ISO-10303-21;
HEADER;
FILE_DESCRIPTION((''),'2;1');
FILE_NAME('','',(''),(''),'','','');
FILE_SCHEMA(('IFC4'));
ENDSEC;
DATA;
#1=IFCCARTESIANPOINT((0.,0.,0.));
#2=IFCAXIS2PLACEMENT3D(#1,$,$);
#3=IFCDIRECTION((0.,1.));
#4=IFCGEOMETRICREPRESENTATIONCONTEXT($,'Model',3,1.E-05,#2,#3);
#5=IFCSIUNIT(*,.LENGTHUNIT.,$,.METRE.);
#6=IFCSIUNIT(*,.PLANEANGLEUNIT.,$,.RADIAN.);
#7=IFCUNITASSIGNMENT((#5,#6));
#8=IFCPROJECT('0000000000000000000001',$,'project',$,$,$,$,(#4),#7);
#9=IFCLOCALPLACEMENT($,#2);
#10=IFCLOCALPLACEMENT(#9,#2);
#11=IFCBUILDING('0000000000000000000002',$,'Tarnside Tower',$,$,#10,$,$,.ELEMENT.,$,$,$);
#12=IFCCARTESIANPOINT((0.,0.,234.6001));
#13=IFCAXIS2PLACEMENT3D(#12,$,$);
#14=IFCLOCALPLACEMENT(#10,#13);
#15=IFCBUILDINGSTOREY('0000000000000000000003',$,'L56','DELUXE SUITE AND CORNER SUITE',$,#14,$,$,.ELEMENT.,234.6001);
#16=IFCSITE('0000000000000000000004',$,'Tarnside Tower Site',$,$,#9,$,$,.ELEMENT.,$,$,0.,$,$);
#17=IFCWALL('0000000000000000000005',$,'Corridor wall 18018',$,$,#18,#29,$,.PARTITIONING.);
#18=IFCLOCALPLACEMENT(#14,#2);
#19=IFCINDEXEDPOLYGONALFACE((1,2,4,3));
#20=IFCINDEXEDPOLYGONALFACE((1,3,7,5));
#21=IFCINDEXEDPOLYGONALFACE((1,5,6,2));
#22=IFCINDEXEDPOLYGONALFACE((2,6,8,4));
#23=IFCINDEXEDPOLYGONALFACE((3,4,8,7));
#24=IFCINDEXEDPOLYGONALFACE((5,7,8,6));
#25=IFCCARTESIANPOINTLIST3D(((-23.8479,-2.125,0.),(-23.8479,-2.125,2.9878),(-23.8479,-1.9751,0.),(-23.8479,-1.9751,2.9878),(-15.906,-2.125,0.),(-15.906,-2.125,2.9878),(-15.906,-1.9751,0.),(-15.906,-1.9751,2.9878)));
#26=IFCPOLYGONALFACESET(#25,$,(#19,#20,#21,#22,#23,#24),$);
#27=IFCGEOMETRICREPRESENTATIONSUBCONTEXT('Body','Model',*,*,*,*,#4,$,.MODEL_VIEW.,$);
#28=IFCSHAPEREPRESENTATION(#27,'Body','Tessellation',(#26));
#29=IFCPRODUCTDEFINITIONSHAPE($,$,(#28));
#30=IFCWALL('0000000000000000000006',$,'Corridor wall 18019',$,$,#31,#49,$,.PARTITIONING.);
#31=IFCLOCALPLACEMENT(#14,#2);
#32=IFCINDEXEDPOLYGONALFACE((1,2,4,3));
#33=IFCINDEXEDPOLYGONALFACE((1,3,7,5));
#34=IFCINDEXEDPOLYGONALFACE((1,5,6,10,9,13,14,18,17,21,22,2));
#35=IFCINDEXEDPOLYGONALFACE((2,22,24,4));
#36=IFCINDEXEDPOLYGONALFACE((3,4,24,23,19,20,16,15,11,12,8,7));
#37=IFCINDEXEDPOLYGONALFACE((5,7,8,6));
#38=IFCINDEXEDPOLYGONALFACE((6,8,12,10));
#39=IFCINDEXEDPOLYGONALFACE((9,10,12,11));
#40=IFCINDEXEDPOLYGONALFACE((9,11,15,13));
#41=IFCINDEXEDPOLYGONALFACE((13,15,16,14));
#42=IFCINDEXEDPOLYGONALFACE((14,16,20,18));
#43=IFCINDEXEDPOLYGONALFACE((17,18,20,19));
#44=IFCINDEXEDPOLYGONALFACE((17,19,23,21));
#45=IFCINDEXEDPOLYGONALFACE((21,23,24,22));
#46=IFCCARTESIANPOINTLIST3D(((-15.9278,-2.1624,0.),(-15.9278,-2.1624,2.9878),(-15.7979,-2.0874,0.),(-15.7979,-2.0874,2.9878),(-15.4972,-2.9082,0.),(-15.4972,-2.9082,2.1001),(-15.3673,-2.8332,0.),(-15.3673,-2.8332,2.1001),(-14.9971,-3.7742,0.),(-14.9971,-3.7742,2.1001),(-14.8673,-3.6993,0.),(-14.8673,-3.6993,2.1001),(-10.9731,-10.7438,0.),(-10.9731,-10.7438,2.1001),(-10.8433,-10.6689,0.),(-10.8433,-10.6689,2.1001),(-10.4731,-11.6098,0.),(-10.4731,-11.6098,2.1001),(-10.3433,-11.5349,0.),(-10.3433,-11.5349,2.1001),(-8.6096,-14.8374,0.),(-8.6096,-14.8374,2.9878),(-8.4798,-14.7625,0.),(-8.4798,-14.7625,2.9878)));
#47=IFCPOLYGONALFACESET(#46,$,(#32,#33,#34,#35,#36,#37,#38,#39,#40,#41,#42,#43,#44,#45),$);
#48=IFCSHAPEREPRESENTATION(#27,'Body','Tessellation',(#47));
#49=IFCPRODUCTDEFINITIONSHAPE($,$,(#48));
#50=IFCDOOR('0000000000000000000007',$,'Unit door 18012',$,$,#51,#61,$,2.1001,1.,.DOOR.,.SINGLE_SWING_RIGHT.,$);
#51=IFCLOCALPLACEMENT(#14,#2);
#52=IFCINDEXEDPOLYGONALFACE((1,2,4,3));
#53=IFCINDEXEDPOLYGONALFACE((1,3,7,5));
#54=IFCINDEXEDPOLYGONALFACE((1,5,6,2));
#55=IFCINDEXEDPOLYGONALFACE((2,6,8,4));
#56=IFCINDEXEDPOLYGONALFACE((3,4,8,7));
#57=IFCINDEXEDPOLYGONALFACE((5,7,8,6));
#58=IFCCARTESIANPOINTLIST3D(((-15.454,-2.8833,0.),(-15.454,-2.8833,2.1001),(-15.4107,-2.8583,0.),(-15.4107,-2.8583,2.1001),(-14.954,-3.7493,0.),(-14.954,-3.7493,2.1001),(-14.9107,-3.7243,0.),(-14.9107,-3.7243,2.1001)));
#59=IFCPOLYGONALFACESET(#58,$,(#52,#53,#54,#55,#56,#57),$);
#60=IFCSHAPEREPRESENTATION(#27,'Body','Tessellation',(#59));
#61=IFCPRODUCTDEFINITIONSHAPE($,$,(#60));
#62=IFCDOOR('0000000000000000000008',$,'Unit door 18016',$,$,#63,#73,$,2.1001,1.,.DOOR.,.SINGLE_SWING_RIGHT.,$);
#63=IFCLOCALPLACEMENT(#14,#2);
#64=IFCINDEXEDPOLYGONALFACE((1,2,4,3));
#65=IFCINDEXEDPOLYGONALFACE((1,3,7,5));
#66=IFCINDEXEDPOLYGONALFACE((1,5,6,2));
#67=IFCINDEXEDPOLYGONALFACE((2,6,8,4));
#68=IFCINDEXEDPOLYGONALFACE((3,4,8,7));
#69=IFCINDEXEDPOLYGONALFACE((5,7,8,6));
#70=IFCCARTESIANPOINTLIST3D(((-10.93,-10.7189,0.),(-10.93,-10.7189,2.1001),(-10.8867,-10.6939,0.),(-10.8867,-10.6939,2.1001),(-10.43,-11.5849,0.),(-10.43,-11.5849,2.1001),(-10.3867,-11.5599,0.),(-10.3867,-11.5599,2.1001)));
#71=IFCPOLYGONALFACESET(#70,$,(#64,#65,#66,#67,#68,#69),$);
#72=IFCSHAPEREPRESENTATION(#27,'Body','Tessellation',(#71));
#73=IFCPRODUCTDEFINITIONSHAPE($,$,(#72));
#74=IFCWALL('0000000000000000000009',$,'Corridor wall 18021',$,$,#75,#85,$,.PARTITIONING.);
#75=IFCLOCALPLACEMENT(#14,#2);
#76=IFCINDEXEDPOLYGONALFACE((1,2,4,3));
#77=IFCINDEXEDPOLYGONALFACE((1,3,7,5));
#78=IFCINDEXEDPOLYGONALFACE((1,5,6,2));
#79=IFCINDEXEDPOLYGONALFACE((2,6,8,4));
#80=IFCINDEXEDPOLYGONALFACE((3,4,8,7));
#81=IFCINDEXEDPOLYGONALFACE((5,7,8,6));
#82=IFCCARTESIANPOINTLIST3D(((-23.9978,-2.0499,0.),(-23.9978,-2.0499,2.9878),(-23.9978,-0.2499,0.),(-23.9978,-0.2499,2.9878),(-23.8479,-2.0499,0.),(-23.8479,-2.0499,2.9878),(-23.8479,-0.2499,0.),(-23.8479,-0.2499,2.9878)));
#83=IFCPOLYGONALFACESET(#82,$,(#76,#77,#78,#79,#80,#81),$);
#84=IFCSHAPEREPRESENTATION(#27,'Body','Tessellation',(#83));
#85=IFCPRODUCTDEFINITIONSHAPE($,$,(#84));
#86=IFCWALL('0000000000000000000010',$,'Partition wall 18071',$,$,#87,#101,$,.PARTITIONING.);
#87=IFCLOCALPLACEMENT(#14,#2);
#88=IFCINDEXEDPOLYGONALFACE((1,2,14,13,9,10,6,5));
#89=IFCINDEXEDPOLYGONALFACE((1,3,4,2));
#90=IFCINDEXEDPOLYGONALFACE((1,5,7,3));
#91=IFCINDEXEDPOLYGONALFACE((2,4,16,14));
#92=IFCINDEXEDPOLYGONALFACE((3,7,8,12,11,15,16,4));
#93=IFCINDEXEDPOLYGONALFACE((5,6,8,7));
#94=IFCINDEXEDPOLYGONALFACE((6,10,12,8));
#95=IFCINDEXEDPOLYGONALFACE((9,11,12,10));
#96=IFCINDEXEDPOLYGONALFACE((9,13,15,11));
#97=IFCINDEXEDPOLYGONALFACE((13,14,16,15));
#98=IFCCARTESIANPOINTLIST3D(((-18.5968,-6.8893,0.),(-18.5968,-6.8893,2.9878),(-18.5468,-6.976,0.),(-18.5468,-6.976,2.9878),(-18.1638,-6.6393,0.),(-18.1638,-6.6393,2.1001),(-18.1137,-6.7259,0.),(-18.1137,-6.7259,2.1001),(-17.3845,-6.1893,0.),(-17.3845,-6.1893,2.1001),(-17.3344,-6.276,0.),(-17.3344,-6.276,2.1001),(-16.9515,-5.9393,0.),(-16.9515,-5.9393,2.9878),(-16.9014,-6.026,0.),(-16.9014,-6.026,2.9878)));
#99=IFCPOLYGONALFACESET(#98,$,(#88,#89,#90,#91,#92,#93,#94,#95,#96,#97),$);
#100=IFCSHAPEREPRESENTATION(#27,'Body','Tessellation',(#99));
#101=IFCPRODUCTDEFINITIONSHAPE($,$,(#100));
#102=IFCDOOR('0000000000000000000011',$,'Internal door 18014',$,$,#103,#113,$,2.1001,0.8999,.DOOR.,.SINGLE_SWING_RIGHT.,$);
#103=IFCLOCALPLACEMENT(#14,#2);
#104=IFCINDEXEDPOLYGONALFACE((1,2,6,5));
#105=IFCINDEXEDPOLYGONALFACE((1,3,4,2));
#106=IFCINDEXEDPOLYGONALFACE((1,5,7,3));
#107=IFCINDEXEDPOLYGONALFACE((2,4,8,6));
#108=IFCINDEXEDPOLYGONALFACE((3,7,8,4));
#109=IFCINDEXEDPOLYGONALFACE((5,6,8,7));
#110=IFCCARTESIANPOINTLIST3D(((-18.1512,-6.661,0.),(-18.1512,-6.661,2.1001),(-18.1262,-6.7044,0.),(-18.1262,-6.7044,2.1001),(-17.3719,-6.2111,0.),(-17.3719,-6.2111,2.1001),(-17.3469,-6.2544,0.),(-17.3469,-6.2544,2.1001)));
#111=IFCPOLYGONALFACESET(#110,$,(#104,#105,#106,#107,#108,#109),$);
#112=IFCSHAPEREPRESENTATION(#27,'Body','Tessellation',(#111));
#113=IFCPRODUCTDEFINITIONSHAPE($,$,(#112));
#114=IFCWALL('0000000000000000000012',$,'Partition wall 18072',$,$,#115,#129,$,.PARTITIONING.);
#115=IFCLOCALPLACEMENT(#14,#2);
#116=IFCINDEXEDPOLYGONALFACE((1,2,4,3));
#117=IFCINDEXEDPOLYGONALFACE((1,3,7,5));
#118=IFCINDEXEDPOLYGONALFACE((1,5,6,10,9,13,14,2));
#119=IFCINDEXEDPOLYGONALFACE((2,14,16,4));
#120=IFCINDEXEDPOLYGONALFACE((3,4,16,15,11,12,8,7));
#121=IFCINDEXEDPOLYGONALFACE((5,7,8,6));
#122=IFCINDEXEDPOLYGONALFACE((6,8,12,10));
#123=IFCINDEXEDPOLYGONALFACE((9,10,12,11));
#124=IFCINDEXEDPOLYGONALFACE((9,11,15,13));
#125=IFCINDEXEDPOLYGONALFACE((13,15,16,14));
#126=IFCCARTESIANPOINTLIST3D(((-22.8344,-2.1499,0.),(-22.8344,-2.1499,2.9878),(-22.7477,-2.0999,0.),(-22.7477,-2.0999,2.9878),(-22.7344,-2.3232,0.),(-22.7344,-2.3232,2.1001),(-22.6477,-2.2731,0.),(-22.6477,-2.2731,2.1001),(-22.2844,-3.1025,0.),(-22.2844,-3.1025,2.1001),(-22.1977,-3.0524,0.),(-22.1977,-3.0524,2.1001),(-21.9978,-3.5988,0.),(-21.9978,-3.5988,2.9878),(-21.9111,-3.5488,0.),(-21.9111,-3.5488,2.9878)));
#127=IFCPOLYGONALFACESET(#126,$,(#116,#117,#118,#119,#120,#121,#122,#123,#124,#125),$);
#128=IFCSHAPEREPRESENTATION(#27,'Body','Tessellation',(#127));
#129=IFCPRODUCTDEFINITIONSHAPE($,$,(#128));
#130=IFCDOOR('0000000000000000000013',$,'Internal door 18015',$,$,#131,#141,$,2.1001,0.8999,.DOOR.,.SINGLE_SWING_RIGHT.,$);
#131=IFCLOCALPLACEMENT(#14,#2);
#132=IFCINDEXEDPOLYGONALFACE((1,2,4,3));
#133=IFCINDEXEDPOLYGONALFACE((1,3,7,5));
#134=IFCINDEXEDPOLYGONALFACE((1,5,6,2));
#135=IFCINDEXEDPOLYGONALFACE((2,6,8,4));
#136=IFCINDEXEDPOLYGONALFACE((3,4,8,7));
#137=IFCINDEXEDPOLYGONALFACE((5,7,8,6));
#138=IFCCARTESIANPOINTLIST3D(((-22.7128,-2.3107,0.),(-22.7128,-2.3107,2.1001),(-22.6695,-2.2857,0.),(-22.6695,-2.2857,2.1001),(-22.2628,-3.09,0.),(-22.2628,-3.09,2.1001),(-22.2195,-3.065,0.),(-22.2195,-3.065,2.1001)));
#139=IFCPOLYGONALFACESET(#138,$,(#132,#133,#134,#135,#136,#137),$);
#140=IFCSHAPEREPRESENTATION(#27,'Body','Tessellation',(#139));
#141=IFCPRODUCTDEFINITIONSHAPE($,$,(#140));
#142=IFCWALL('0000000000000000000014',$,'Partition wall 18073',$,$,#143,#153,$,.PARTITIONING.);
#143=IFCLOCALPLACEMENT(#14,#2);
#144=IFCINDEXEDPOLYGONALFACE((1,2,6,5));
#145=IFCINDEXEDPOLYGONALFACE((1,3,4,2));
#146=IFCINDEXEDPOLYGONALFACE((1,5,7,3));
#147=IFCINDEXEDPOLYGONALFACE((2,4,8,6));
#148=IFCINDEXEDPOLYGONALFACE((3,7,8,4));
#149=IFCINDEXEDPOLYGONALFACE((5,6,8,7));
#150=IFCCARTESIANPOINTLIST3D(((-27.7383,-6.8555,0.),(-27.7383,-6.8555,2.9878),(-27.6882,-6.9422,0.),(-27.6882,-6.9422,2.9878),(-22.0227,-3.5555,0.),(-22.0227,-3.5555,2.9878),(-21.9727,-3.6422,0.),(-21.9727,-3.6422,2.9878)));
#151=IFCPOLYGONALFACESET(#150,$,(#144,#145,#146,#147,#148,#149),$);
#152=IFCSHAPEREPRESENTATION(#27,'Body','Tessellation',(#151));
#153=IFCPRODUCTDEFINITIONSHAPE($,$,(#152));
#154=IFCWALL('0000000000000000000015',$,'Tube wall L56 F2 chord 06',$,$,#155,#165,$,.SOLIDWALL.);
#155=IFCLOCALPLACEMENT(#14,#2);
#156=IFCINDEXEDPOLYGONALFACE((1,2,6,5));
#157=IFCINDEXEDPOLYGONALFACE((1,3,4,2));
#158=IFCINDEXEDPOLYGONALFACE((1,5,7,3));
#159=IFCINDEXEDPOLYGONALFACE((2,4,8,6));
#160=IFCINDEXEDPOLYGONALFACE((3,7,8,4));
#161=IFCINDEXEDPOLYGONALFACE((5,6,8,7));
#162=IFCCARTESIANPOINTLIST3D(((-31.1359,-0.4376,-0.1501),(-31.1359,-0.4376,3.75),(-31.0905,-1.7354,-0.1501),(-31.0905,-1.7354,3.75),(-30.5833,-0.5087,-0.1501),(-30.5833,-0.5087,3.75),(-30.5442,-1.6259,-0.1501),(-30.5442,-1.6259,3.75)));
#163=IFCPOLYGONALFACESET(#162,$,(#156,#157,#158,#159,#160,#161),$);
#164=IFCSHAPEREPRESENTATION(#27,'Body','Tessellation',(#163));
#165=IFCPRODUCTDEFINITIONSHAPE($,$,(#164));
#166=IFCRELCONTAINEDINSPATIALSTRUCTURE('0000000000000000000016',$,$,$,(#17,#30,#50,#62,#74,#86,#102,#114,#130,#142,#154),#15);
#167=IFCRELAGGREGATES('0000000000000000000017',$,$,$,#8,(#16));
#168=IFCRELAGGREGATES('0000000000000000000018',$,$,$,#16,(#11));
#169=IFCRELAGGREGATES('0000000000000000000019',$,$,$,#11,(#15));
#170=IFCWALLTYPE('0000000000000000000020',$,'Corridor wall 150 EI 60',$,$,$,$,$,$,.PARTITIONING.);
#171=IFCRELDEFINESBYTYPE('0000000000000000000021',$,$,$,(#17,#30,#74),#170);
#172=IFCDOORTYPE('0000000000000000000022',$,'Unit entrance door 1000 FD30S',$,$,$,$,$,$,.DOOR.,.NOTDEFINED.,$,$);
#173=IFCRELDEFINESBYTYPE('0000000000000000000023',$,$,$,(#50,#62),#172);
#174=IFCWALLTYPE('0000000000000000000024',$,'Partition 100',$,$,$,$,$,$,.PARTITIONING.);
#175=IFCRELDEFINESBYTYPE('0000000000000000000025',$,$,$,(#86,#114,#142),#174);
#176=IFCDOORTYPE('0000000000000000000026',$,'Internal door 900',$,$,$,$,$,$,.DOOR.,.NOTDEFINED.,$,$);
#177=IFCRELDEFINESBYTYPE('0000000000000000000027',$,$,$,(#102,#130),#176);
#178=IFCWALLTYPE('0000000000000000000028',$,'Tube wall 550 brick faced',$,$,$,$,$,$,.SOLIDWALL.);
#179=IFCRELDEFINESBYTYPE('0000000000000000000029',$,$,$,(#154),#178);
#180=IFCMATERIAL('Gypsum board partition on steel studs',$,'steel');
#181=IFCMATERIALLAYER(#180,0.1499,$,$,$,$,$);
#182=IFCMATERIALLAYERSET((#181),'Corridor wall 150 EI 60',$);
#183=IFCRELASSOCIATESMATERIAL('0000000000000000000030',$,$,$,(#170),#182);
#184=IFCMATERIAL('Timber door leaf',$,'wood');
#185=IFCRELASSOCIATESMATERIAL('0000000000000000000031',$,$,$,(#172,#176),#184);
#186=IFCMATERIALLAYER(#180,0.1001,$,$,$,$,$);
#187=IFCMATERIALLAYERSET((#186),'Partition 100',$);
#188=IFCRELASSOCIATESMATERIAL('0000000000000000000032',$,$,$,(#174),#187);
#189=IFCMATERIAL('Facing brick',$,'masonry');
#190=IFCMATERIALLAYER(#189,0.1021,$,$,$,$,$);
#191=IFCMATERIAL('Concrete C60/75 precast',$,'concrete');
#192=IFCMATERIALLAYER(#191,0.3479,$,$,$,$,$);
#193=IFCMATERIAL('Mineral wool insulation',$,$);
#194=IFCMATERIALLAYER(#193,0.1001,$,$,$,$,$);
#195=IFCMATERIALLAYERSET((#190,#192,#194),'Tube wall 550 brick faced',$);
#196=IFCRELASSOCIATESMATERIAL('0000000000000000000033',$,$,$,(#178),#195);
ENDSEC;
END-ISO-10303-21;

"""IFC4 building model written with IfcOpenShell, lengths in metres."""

from ifc_helpers import new_model, si_unit, direction, frame, frame_2d, origin, place, context, subcontext, project, spatial, polyline, rectangle, outline, extrude, material, layer, layer_set, type_object, element, fill, save


model = new_model("IFC4")

# Units and contexts
model_context = context("Model", 3, precision=1e-05, world=origin(), true_north=direction((0.0, 1.0)))
body_context = subcontext(model_context, "Body", "Model", "MODEL_VIEW")
ifc_project = project(units=[si_unit("LENGTHUNIT", "METRE"), si_unit("PLANEANGLEUNIT", "RADIAN")], contexts=[model_context])

# Site, building, storey
site_placement = place(None, origin())
site = spatial("IfcSite", under=ifc_project, at=site_placement, Name="Tarnside Tower Site", CompositionType="ELEMENT", RefElevation=0.0)
building_placement = place(site_placement, origin())
building = spatial("IfcBuilding", under=site, at=building_placement, Name="Tarnside Tower", CompositionType="ELEMENT")
storey_placement = place(building_placement, frame((0.0, 0.0, 234.6001)))
storey = spatial("IfcBuildingStorey", under=building, at=storey_placement, Name="L56", Description="DELUXE SUITE AND CORNER SUITE", CompositionType="ELEMENT", Elevation=234.6001)

# Shared definitions
ifc_material_1 = material(Name="Gypsum board partition on steel studs", Category="steel")
ifc_material_2 = material(Name="Timber door leaf", Category="wood")

# Wall
ifc_layer_1 = layer(ifc_material_1, 0.1499)
ifc_layer_set_1 = layer_set([ifc_layer_1], Name="Corridor wall 150 EI 60")
wall_type_1 = type_object("IfcWallType", Name="Corridor wall 150 EI 60", PredefinedType="PARTITIONING", material=ifc_layer_set_1)
wall_1_placement = place(storey_placement, frame((-23.8479, -2.05, 0.0), z_axis=(0.0, 0.0, 1.0), x_axis=(1.0, 0.0, 0.0)))
element("IfcWall", 1, at=wall_1_placement, inside=storey, type_object=wall_type_1, Name="Corridor wall 18018", PredefinedType="PARTITIONING", context=body_context, shape_type="SweptSolid", body=[
    extrude(rectangle(XDim=7.9419, YDim=0.1499, at=frame_2d((3.9709, 0.0))), origin(), (0.0, 0.0, 1.0), 2.9878),
])

# Wall, openings, doors
wall_2_placement = place(storey_placement, frame((-15.8628, -2.125, 0.0), z_axis=(0.0, 0.0, 1.0), x_axis=(0.500009, -0.86602, 0.0)))
wall_2 = element("IfcWall", 2, at=wall_2_placement, inside=storey, type_object=wall_type_1, Name="Corridor wall 18019", PredefinedType="PARTITIONING", context=body_context, shape_type="SweptSolid", body=[
    extrude(rectangle(XDim=14.636, YDim=0.1499, at=frame_2d((7.3179, 0.0))), origin(), (0.0, 0.0, 1.0), 2.9878),
])
opening_1_placement = place(wall_2_placement, frame((0.8611, 0.0, 0.0)))
opening_1 = element("IfcOpeningElement", 3, at=opening_1_placement, cuts=wall_2, PredefinedType="OPENING", context=body_context, shape_type="SweptSolid", body=[
    extrude(rectangle(XDim=1.0, YDim=2.1001, at=frame_2d((0.5, 1.05))), frame((0.0, 0.085, 0.0), z_axis=(0.0, -1.0, 0.0), x_axis=(1.0, 0.0, 0.0)), (0.0, 0.0, 1.0), 0.1699),
])
opening_2_placement = place(wall_2_placement, frame((9.9089, 0.0, 0.0)))
opening_2 = element("IfcOpeningElement", 4, at=opening_2_placement, cuts=wall_2, PredefinedType="OPENING", context=body_context, shape_type="SweptSolid", body=[
    extrude(rectangle(XDim=1.0, YDim=2.1001, at=frame_2d((0.5, 1.05))), frame((0.0, 0.085, 0.0), z_axis=(0.0, -1.0, 0.0), x_axis=(1.0, 0.0, 0.0)), (0.0, 0.0, 1.0), 0.1699),
])
door_type_1 = type_object("IfcDoorType", Name="Unit entrance door 1000 FD30S", OperationType="NOTDEFINED", PredefinedType="DOOR", material=ifc_material_2)
door_1_placement = place(opening_1_placement, origin())
door_1 = element("IfcDoor", 5, at=door_1_placement, inside=storey, type_object=door_type_1, Name="Unit door 18012", OperationType="SINGLE_SWING_RIGHT", OverallHeight=2.1001, OverallWidth=1.0, PredefinedType="DOOR", context=body_context, shape_type="SweptSolid", body=[
    extrude(rectangle(XDim=1.0, YDim=2.1001, at=frame_2d((0.5, 1.05))), frame((0.0, 0.0249, 0.0), z_axis=(0.0, -1.0, 0.0), x_axis=(1.0, 0.0, 0.0)), (0.0, 0.0, 1.0), 0.05),
])
fill(opening_1, door_1)
door_2_placement = place(opening_2_placement, origin())
door_2 = element("IfcDoor", 6, at=door_2_placement, inside=storey, type_object=door_type_1, Name="Unit door 18016", OperationType="SINGLE_SWING_RIGHT", OverallHeight=2.1001, OverallWidth=1.0, PredefinedType="DOOR", context=body_context, shape_type="SweptSolid", body=[
    extrude(rectangle(XDim=1.0, YDim=2.1001, at=frame_2d((0.5, 1.05))), frame((0.0, 0.0249, 0.0), z_axis=(0.0, -1.0, 0.0), x_axis=(1.0, 0.0, 0.0)), (0.0, 0.0, 1.0), 0.05),
])
fill(opening_2, door_2)

# Wall
wall_3_placement = place(storey_placement, frame((-23.9229, -0.25, 0.0), z_axis=(0.0, 0.0, 1.0), x_axis=(0.0, -1.0, 0.0)))
element("IfcWall", 7, at=wall_3_placement, inside=storey, type_object=wall_type_1, Name="Corridor wall 18021", PredefinedType="PARTITIONING", context=body_context, shape_type="SweptSolid", body=[
    extrude(rectangle(XDim=1.8, YDim=0.1499, at=frame_2d((0.8999, 0.0))), origin(), (0.0, 0.0, 1.0), 2.9878),
])

# Walls, openings, doors
ifc_layer_2 = layer(ifc_material_1, 0.1001)
ifc_layer_set_2 = layer_set([ifc_layer_2], Name="Partition 100")
wall_type_2 = type_object("IfcWallType", Name="Partition 100", PredefinedType="PARTITIONING", material=ifc_layer_set_2)
wall_4_placement = place(storey_placement, frame((-18.5718, -6.9326, 0.0), z_axis=(0.0, 0.0, 1.0), x_axis=(0.866012, 0.500023, 0.0)))
wall_4 = element("IfcWall", 8, at=wall_4_placement, inside=storey, type_object=wall_type_2, Name="Partition wall 18071", PredefinedType="PARTITIONING", context=body_context, shape_type="SweptSolid", body=[
    extrude(rectangle(XDim=1.8999, YDim=0.1001, at=frame_2d((0.95, 0.0))), origin(), (0.0, 0.0, 1.0), 2.9878),
])
opening_3_placement = place(wall_4_placement, frame((0.5, 0.0, 0.0)))
opening_3 = element("IfcOpeningElement", 9, at=opening_3_placement, cuts=wall_4, PredefinedType="OPENING", context=body_context, shape_type="SweptSolid", body=[
    extrude(rectangle(XDim=0.8999, YDim=2.1001, at=frame_2d((0.45, 1.05))), frame((0.0, 0.0601, 0.0), z_axis=(0.0, -1.0, 0.0), x_axis=(1.0, 0.0, 0.0)), (0.0, 0.0, 1.0), 0.1201),
])
door_type_2 = type_object("IfcDoorType", Name="Internal door 900", OperationType="NOTDEFINED", PredefinedType="DOOR", material=ifc_material_2)
door_3_placement = place(opening_3_placement, origin())
door_3 = element("IfcDoor", 10, at=door_3_placement, inside=storey, type_object=door_type_2, Name="Internal door 18014", OperationType="SINGLE_SWING_RIGHT", OverallHeight=2.1001, OverallWidth=0.8999, PredefinedType="DOOR", context=body_context, shape_type="SweptSolid", body=[
    extrude(rectangle(XDim=0.8999, YDim=2.1001, at=frame_2d((0.45, 1.05))), frame((0.0, 0.0249, 0.0), z_axis=(0.0, -1.0, 0.0), x_axis=(1.0, 0.0, 0.0)), (0.0, 0.0, 1.0), 0.05),
])
fill(opening_3, door_3)
wall_5_placement = place(storey_placement, frame((-22.791, -2.125, 0.0), z_axis=(0.0, 0.0, 1.0), x_axis=(0.500047, -0.865998, 0.0)))
wall_5 = element("IfcWall", 11, at=wall_5_placement, inside=storey, type_object=wall_type_2, Name="Partition wall 18072", PredefinedType="PARTITIONING", context=body_context, shape_type="SweptSolid", body=[
    extrude(rectangle(XDim=1.6731, YDim=0.1001, at=frame_2d((0.8364, 0.0))), origin(), (0.0, 0.0, 1.0), 2.9878),
])
opening_4_placement = place(wall_5_placement, frame((0.2, 0.0, 0.0)))
opening_4 = element("IfcOpeningElement", 12, at=opening_4_placement, cuts=wall_5, PredefinedType="OPENING", context=body_context, shape_type="SweptSolid", body=[
    extrude(rectangle(XDim=0.8999, YDim=2.1001, at=frame_2d((0.45, 1.05))), frame((0.0, 0.0601, 0.0), z_axis=(0.0, -1.0, 0.0), x_axis=(1.0, 0.0, 0.0)), (0.0, 0.0, 1.0), 0.1201),
])
door_4_placement = place(opening_4_placement, origin())
door_4 = element("IfcDoor", 13, at=door_4_placement, inside=storey, type_object=door_type_2, Name="Internal door 18015", OperationType="SINGLE_SWING_RIGHT", OverallHeight=2.1001, OverallWidth=0.8999, PredefinedType="DOOR", context=body_context, shape_type="SweptSolid", body=[
    extrude(rectangle(XDim=0.8999, YDim=2.1001, at=frame_2d((0.45, 1.05))), frame((0.0, 0.0249, 0.0), z_axis=(0.0, -1.0, 0.0), x_axis=(1.0, 0.0, 0.0)), (0.0, 0.0, 1.0), 0.05),
])
fill(opening_4, door_4)

# Walls
wall_6_placement = place(storey_placement, frame((-21.9978, -3.5989, 0.0), z_axis=(0.0, 0.0, 1.0), x_axis=(-0.866015, -0.500018, 0.0)))
element("IfcWall", 14, at=wall_6_placement, inside=storey, type_object=wall_type_2, Name="Partition wall 18073", PredefinedType="PARTITIONING", context=body_context, shape_type="SweptSolid", body=[
    extrude(rectangle(XDim=6.5999, YDim=0.1001, at=frame_2d((3.2998, 0.0))), origin(), (0.0, 0.0, 1.0), 2.9878),
])
ifc_material_3 = material(Name="Facing brick", Category="masonry")
ifc_layer_3 = layer(ifc_material_3, 0.1021)
ifc_material_4 = material(Name="Concrete C60/75 precast", Category="concrete")
ifc_layer_4 = layer(ifc_material_4, 0.3479)
ifc_material_5 = material(Name="Mineral wool insulation")
ifc_layer_5 = layer(ifc_material_5, 0.1001)
ifc_layer_set_3 = layer_set([ifc_layer_3, ifc_layer_4, ifc_layer_5], Name="Tube wall 550 brick faced")
wall_type_3 = type_object("IfcWallType", Name="Tube wall 550 brick faced", PredefinedType="SOLIDWALL", material=ifc_layer_set_3)
wall_7_placement = place(storey_placement, frame((-30.8596, -0.4731, -0.1501), z_axis=(0.0, 0.0, 1.0), x_axis=(0.034956, -0.999389, 0.0)))
element("IfcWall", 15, at=wall_7_placement, inside=storey, type_object=wall_type_3, Name="Tube wall L56 F2 chord 06", PredefinedType="SOLIDWALL", context=body_context, shape_type="SweptSolid", body=[
    extrude(outline(polyline([(-0.0452, -0.2749), (1.2534, -0.2749), (1.1631, 0.2749), (0.0452, 0.2749), (-0.0452, -0.2749)])), origin(), (0.0, 0.0, 1.0), 3.9001),
])

save(model, "model.ifc")
